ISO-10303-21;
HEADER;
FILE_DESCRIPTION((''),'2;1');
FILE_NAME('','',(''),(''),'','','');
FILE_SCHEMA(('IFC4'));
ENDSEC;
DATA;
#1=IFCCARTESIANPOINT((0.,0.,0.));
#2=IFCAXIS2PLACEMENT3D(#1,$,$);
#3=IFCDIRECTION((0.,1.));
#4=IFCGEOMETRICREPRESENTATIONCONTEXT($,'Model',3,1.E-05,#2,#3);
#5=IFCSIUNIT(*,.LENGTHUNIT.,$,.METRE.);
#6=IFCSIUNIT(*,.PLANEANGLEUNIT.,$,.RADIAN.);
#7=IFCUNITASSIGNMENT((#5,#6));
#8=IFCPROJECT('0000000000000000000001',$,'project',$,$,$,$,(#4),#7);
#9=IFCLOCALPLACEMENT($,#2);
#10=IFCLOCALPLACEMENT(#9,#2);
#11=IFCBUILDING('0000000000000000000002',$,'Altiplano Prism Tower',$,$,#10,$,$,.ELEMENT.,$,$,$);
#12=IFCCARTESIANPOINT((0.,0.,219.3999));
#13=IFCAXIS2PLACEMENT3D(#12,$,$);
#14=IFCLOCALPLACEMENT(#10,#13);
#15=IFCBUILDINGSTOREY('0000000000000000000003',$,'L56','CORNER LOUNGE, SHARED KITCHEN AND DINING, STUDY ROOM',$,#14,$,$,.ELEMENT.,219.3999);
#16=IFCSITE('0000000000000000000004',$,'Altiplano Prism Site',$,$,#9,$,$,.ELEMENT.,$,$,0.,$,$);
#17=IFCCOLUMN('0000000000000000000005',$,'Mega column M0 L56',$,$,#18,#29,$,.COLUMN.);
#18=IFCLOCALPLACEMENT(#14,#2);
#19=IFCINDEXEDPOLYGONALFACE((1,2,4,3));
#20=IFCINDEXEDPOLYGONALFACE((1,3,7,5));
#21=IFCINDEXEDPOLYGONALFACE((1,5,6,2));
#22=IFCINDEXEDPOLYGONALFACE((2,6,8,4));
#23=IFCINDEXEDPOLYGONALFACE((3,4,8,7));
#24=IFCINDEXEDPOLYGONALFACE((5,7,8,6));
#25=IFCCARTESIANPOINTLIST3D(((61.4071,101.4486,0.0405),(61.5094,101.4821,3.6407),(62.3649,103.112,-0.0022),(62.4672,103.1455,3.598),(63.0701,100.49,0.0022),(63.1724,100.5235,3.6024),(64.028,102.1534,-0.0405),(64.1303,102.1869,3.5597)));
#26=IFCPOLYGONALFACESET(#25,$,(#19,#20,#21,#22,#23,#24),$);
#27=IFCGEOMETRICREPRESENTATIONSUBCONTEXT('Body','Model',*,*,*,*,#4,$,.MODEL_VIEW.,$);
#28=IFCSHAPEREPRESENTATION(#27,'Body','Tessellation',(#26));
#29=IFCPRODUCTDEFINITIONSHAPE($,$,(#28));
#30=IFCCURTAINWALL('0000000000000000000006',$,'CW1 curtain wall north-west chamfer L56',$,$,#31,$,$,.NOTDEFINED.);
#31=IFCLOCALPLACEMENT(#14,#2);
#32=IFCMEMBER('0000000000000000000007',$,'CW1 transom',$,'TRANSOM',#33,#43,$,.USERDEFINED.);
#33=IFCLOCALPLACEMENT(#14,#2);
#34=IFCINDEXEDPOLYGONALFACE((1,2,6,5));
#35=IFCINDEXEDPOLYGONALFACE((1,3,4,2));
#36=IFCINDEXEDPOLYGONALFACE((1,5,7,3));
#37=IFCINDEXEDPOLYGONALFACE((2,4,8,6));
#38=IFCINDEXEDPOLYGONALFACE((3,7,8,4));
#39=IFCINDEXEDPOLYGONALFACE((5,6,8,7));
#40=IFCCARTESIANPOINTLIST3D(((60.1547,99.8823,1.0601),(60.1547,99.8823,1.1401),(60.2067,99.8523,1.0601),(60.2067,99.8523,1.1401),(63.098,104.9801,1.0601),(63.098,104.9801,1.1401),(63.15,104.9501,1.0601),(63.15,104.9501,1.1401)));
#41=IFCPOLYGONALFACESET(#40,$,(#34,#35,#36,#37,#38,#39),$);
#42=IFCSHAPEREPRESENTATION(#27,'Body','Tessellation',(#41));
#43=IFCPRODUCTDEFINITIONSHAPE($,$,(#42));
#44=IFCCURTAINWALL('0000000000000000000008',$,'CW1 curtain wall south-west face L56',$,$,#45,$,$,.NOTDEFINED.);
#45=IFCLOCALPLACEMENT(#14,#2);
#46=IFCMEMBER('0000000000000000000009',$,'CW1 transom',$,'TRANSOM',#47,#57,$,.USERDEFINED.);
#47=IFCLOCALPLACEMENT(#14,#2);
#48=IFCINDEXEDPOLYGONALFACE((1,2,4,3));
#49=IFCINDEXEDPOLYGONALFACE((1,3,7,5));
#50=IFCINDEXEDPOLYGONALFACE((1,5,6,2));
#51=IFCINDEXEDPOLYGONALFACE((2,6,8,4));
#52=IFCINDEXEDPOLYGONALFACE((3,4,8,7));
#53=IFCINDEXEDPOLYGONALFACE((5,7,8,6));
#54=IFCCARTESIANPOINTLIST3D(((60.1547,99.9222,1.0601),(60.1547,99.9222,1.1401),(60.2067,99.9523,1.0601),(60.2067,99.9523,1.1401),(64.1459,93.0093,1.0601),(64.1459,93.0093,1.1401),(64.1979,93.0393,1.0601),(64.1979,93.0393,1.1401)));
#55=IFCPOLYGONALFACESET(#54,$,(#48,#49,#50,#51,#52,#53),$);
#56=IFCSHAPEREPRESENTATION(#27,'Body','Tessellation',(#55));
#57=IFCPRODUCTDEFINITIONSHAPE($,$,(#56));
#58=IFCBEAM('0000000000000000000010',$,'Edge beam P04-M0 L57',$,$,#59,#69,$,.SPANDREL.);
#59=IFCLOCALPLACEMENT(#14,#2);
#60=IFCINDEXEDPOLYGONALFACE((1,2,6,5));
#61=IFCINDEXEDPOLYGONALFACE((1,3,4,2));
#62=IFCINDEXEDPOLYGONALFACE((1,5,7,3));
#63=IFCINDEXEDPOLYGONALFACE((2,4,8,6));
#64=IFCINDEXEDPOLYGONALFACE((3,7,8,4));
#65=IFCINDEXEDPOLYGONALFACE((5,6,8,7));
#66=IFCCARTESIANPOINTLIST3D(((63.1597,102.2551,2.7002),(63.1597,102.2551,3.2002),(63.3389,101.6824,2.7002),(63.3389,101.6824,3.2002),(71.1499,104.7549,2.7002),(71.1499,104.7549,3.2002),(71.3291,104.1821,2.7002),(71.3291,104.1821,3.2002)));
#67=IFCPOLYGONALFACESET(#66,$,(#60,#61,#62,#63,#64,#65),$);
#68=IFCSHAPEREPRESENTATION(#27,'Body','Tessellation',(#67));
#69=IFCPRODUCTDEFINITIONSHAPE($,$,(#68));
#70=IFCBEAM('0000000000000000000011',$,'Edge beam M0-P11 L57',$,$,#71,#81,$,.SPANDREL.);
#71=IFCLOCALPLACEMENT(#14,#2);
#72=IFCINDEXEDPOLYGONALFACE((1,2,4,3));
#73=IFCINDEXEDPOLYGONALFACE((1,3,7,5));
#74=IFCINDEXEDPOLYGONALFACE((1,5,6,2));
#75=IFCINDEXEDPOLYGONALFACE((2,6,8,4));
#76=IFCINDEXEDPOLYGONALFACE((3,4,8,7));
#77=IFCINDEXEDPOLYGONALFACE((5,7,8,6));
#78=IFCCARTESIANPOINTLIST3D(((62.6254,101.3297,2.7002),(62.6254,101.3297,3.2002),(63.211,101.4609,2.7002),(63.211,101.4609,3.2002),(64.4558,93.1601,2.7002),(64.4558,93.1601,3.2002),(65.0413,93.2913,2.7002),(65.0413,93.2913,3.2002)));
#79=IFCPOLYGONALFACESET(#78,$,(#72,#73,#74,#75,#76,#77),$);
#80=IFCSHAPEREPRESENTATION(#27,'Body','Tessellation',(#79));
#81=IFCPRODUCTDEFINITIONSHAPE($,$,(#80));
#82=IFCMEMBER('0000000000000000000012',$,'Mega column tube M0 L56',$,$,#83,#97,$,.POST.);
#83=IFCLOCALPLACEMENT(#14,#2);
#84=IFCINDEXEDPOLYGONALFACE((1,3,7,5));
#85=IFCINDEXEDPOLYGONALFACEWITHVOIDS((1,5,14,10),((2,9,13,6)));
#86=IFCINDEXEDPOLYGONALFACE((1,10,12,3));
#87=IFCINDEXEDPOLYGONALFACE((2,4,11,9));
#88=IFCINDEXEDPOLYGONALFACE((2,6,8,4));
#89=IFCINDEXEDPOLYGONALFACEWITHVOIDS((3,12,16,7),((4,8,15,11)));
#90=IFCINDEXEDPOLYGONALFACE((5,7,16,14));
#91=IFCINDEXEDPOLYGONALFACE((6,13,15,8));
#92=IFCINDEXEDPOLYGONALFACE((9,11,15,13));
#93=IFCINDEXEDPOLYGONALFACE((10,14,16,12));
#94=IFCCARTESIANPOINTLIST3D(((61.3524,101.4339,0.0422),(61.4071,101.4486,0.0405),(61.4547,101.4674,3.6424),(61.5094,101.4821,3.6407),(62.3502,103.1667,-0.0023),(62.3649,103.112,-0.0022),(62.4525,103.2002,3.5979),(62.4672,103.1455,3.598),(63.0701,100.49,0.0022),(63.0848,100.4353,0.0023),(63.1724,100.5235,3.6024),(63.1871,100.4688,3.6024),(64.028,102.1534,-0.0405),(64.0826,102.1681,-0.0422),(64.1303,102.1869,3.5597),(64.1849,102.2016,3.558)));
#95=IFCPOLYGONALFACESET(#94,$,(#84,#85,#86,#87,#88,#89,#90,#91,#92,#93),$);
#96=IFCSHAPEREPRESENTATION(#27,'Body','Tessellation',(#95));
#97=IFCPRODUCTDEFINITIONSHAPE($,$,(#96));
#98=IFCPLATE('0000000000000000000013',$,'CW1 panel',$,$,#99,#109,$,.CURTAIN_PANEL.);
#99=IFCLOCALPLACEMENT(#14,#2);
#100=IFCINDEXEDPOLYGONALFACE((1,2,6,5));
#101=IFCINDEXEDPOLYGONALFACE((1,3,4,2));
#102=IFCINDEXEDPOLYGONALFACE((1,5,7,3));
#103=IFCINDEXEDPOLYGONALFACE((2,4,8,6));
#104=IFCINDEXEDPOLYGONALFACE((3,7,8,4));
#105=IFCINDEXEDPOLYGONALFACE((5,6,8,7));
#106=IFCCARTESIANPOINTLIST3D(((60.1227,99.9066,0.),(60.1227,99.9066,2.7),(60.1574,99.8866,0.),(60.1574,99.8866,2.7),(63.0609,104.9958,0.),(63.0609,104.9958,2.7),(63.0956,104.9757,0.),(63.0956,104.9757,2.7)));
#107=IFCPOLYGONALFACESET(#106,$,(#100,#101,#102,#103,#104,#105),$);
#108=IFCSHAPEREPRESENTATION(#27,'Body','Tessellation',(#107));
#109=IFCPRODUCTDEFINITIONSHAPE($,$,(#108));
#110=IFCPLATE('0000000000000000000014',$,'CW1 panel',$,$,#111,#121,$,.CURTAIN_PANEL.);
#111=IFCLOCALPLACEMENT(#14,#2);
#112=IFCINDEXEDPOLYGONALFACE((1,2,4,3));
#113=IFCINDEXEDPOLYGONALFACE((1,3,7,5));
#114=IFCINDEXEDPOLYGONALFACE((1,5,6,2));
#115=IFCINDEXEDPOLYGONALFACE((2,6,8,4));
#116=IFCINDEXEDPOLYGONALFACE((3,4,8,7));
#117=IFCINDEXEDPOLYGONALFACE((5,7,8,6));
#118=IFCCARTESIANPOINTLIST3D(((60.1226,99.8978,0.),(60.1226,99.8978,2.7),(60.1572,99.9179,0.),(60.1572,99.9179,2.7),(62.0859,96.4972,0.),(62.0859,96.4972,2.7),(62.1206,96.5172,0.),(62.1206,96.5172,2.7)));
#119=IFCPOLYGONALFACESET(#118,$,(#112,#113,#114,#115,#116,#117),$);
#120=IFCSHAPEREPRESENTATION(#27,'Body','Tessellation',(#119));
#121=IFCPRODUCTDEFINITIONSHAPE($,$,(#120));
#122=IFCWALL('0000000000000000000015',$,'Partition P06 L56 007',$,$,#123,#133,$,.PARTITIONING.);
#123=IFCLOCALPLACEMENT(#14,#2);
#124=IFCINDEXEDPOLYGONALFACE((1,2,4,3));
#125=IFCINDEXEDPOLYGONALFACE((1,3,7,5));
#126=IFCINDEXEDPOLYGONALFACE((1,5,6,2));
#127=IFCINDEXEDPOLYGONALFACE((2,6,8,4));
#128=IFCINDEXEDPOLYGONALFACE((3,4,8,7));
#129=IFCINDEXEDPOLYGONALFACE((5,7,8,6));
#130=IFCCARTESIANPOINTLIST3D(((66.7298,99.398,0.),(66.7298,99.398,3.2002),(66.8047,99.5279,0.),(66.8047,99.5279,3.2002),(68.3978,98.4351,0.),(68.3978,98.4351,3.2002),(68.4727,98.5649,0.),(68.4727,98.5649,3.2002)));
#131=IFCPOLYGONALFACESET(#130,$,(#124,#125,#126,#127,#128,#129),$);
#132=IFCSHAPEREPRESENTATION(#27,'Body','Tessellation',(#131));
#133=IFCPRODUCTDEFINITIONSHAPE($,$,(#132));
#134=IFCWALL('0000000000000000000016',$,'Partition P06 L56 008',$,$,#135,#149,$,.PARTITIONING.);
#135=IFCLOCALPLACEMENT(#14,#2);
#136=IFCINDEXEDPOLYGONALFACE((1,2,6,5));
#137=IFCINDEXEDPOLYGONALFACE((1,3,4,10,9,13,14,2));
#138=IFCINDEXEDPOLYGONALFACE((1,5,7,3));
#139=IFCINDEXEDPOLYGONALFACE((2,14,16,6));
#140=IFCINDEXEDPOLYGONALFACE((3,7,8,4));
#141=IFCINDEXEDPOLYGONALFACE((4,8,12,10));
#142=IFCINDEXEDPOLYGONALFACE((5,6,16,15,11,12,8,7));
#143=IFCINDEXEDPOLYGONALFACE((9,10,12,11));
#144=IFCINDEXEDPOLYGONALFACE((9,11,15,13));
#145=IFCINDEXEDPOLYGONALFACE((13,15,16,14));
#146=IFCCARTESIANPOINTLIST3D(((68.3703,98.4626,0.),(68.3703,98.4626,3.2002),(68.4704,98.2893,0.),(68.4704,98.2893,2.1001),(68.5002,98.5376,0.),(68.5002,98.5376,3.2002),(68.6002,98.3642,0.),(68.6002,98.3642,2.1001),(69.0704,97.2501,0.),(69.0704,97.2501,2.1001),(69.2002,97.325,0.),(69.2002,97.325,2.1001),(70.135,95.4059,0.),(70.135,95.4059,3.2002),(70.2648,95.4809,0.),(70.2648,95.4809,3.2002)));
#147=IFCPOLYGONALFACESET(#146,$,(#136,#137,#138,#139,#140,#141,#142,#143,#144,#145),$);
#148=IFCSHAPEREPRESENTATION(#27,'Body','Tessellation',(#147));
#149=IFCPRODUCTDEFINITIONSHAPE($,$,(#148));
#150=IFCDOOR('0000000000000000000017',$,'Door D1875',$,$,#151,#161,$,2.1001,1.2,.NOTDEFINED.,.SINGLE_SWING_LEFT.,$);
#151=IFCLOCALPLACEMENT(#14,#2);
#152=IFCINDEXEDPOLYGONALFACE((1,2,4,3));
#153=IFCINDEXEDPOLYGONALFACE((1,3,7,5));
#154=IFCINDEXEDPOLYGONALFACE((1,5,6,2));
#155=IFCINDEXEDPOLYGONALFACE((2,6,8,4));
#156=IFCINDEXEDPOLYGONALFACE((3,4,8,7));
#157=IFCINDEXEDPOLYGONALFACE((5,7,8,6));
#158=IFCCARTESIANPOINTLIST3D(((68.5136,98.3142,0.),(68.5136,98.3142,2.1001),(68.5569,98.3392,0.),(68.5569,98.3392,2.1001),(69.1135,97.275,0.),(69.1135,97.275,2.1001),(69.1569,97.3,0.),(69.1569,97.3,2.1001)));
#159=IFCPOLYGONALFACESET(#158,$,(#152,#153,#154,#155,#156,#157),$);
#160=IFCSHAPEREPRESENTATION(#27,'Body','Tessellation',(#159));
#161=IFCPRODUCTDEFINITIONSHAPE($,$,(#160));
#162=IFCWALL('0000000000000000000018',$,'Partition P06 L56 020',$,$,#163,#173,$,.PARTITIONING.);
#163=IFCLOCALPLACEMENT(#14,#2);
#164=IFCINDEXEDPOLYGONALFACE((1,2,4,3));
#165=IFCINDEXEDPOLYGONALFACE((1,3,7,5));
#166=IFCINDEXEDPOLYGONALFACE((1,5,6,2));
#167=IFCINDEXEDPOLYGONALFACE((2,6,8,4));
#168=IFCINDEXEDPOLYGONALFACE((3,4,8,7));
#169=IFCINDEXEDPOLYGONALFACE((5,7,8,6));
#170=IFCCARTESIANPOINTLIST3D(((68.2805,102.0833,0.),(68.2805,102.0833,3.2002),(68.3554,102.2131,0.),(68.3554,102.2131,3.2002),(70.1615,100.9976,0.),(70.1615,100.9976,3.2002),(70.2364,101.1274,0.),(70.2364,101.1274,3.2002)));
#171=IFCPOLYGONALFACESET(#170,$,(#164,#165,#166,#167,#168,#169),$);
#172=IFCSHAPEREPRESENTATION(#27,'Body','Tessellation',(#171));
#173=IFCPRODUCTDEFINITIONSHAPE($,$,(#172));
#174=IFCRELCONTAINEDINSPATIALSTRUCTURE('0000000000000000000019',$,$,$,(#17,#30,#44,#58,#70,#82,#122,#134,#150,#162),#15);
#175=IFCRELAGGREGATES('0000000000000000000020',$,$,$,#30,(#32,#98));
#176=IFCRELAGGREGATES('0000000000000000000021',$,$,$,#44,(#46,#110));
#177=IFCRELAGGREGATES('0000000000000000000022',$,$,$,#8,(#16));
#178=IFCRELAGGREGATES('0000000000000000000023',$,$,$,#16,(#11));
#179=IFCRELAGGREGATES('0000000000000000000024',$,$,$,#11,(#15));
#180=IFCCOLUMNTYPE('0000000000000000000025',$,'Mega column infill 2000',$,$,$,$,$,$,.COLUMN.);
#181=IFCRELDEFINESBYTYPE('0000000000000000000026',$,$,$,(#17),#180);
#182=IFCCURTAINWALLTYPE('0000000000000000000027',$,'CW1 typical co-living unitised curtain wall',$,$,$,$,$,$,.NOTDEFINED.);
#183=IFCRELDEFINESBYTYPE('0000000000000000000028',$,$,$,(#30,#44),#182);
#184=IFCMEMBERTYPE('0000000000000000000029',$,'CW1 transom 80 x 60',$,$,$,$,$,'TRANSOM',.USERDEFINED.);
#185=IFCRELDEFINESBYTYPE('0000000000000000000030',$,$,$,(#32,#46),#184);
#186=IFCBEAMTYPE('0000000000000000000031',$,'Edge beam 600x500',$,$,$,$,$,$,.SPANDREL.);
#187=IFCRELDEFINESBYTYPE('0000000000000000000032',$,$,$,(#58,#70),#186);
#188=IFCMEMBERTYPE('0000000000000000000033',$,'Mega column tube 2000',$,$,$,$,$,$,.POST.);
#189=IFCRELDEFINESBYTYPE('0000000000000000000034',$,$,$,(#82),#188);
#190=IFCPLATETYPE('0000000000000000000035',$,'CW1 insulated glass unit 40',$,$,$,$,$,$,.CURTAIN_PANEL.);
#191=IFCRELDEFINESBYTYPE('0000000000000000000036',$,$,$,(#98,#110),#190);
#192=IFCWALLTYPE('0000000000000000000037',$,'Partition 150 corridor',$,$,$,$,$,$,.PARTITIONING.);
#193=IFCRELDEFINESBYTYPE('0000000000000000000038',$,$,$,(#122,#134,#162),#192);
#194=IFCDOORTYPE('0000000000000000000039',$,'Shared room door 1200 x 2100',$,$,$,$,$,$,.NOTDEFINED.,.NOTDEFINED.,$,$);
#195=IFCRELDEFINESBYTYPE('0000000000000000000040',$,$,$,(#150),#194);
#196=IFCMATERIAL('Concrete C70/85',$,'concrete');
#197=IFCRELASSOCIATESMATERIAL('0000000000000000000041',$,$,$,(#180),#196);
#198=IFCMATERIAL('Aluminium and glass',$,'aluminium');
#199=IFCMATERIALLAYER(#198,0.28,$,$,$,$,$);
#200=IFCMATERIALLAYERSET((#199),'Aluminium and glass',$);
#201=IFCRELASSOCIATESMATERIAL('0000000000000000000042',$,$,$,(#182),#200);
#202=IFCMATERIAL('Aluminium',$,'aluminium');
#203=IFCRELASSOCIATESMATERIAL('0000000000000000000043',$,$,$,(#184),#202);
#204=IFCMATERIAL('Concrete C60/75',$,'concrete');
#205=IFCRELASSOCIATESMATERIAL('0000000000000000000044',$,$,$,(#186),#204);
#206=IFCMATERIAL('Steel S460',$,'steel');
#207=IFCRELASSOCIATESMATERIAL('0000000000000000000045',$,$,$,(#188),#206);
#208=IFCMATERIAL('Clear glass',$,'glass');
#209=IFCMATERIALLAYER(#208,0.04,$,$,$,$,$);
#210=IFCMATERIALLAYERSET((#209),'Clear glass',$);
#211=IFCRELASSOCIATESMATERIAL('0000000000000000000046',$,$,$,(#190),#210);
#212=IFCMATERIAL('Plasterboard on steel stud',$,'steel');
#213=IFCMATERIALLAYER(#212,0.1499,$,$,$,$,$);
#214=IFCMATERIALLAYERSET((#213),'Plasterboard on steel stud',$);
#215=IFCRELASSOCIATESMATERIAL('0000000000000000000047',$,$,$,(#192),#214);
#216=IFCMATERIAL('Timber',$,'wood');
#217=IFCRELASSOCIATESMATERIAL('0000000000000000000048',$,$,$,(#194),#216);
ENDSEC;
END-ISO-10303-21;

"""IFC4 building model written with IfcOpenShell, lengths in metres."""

from ifc_helpers import new_model, si_unit, direction, frame, frame_2d, origin, origin_2d, place, context, subcontext, project, spatial, rectangle, hollow_rectangle, extrude, material, layer, layer_set, material_profile, profile_set, type_object, element, fill, aggregate, save


model = new_model("IFC4")

# Units and contexts
model_context = context("Model", 3, precision=1e-05, world=origin(), true_north=direction((0.0, 1.0)))
body_context = subcontext(model_context, "Body", "Model", "MODEL_VIEW")
ifc_project = project(units=[si_unit("LENGTHUNIT", "METRE"), si_unit("PLANEANGLEUNIT", "RADIAN")], contexts=[model_context])

# Site, building, storey
site_placement = place(None, origin())
site = spatial("IfcSite", under=ifc_project, at=site_placement, Name="Altiplano Prism Site", CompositionType="ELEMENT", RefElevation=0.0)
building_placement = place(site_placement, origin())
building = spatial("IfcBuilding", under=site, at=building_placement, Name="Altiplano Prism Tower", CompositionType="ELEMENT")
storey_placement = place(building_placement, frame((0.0, 0.0, 219.3999)))
storey = spatial("IfcBuildingStorey", under=building, at=storey_placement, Name="L56", Description="CORNER LOUNGE, SHARED KITCHEN AND DINING, STUDY ROOM", CompositionType="ELEMENT", Elevation=219.3999)

# Column
ifc_material_1 = material(Name="Concrete C70/85", Category="concrete")
ifc_material_profile_1 = material_profile(ifc_material_1, rectangle(XDim=1.9199, YDim=1.9199, at=origin_2d()), Name="Mega column infill 2000")
ifc_profile_set_1 = profile_set([ifc_material_profile_1], Name="Concrete C70/85")
column_type = type_object("IfcColumnType", Name="Mega column infill 2000", PredefinedType="COLUMN", material=ifc_profile_set_1)
column_placement = place(storey_placement, frame((62.7175, 101.801, 0.0), z_axis=(0.028402, 0.009287, 0.999553), x_axis=(-0.866202, 0.499295, 0.019974)))
element("IfcColumn", 1, at=column_placement, inside=storey, type_object=column_type, Name="Mega column M0 L56", PredefinedType="COLUMN", context=body_context, shape_type="SweptSolid", body=[
    extrude(rectangle(XDim=1.9199, YDim=1.9199, at=origin_2d()), origin(), (0.0, 0.0, 1.0), 3.6018),
])

# Curtain walls, members
ifc_material_2 = material(Name="Aluminium and glass", Category="aluminium")
ifc_layer_1 = layer(ifc_material_2, 0.28)
ifc_layer_set_1 = layer_set([ifc_layer_1], Name="Aluminium and glass")
curtain_wall_type = type_object("IfcCurtainWallType", Name="CW1 typical co-living unitised curtain wall", PredefinedType="NOTDEFINED", material=ifc_layer_set_1)
curtain_wall_1_placement = place(storey_placement, origin())
curtain_wall_1 = element("IfcCurtainWall", 2, at=curtain_wall_1_placement, inside=storey, type_object=curtain_wall_type, Name="CW1 curtain wall north-west chamfer L56", PredefinedType="NOTDEFINED")
ifc_material_3 = material(Name="Aluminium", Category="aluminium")
ifc_material_profile_2 = material_profile(ifc_material_3, rectangle(XDim=0.0601, YDim=0.0801, at=origin_2d()), Name="CW1 transom 80 x 60")
ifc_profile_set_2 = profile_set([ifc_material_profile_2], Name="Aluminium")
member_type_1 = type_object("IfcMemberType", Name="CW1 transom 80 x 60", ElementType="TRANSOM", PredefinedType="USERDEFINED", material=ifc_profile_set_2)
member_1_placement = place(storey_placement, frame((63.124, 104.9651, 1.1001), z_axis=(-0.500011, -0.866019, 0.0), x_axis=(0.866019, -0.500011, 0.0)))
member_1 = element("IfcMember", 3, at=member_1_placement, type_object=member_type_1, Name="CW1 transom", ObjectType="TRANSOM", PredefinedType="USERDEFINED", context=body_context, shape_type="SweptSolid", body=[
    extrude(rectangle(XDim=0.0601, YDim=0.0801, at=origin_2d()), origin(), (0.0, 0.0, 1.0), 5.8865),
])
curtain_wall_2_placement = place(storey_placement, origin())
curtain_wall_2 = element("IfcCurtainWall", 4, at=curtain_wall_2_placement, inside=storey, type_object=curtain_wall_type, Name="CW1 curtain wall south-west face L56", PredefinedType="NOTDEFINED")
member_2_placement = place(storey_placement, frame((60.1807, 99.9373, 1.1001), z_axis=(0.500008, -0.866021, 0.0), x_axis=(0.866021, 0.500008, 0.0)))
member_2 = element("IfcMember", 5, at=member_2_placement, type_object=member_type_1, Name="CW1 transom", ObjectType="TRANSOM", PredefinedType="USERDEFINED", context=body_context, shape_type="SweptSolid", body=[
    extrude(rectangle(XDim=0.0601, YDim=0.0801, at=origin_2d()), origin(), (0.0, 0.0, 1.0), 7.9824),
])

# Beams
ifc_material_4 = material(Name="Concrete C60/75", Category="concrete")
ifc_material_profile_3 = material_profile(ifc_material_4, rectangle(XDim=0.6001, YDim=0.5, at=origin_2d()), Name="Edge beam 600x500")
ifc_profile_set_3 = profile_set([ifc_material_profile_3], Name="Concrete C60/75")
beam_type = type_object("IfcBeamType", Name="Edge beam 600x500", PredefinedType="SPANDREL", material=ifc_profile_set_3)
for number, where, z_axis, x_axis, name in (
    (6, (71.2395, 104.4685, 2.9502), (-0.954384, -0.29858, 0.0), (0.29858, -0.954384, 0.0), "Edge beam P04-M0 L57"),
    (7, (62.9182, 101.3953, 2.9502), (0.218625, -0.975809, 0.0), (0.975809, 0.218625, 0.0), "Edge beam M0-P11 L57"),
):
    element("IfcBeam", number, at=place(storey_placement, frame(where, z_axis=z_axis, x_axis=x_axis)), inside=storey, type_object=beam_type, Name=name, PredefinedType="SPANDREL", context=body_context, shape_type="SweptSolid", body=[
        extrude(rectangle(XDim=0.6001, YDim=0.5, at=origin_2d()), origin(), (0.0, 0.0, 1.0), 8.3721),
    ])

# Member
ifc_material_5 = material(Name="Steel S460", Category="steel")
ifc_material_profile_4 = material_profile(ifc_material_5, hollow_rectangle(XDim=2.0, YDim=2.0, WallThickness=0.04, at=origin_2d()), Name="Mega column tube 2000")
ifc_profile_set_4 = profile_set([ifc_material_profile_4], Name="Steel S460")
member_type_2 = type_object("IfcMemberType", Name="Mega column tube 2000", PredefinedType="POST", material=ifc_profile_set_4)
member_3_placement = place(storey_placement, frame((62.7175, 101.801, 0.0), z_axis=(0.028402, 0.009287, 0.999553), x_axis=(-0.866202, 0.499295, 0.019974)))
element("IfcMember", 8, at=member_3_placement, inside=storey, type_object=member_type_2, Name="Mega column tube M0 L56", PredefinedType="POST", context=body_context, shape_type="SweptSolid", body=[
    extrude(hollow_rectangle(XDim=2.0, YDim=2.0, WallThickness=0.04, at=origin_2d()), origin(), (0.0, 0.0, 1.0), 3.6018),
])

# Plates
ifc_material_6 = material(Name="Clear glass", Category="glass")
ifc_layer_2 = layer(ifc_material_6, 0.04)
ifc_layer_set_2 = layer_set([ifc_layer_2], Name="Clear glass")
plate_type = type_object("IfcPlateType", Name="CW1 insulated glass unit 40", PredefinedType="CURTAIN_PANEL", material=ifc_layer_set_2)
plate_1_placement = place(storey_placement, frame((61.6091, 102.4412, 0.0), z_axis=(0.0, 0.0, 1.0), x_axis=(-0.5, -0.866025, 0.0)))
plate_1 = element("IfcPlate", 9, at=plate_1_placement, type_object=plate_type, Name="CW1 panel", PredefinedType="CURTAIN_PANEL", context=body_context, shape_type="SweptSolid", body=[
    extrude(rectangle(XDim=5.8765, YDim=0.04, at=origin_2d()), origin(), (0.0, 0.0, 1.0), 2.7),
])
aggregate(curtain_wall_1, [member_1, plate_1])
plate_2_placement = place(storey_placement, frame((61.1216, 98.2075, 0.0), z_axis=(0.0, 0.0, 1.0), x_axis=(0.5, -0.866025, 0.0)))
plate_2 = element("IfcPlate", 10, at=plate_2_placement, type_object=plate_type, Name="CW1 panel", PredefinedType="CURTAIN_PANEL", context=body_context, shape_type="SweptSolid", body=[
    extrude(rectangle(XDim=3.9268, YDim=0.04, at=origin_2d()), origin(), (0.0, 0.0, 1.0), 2.7),
])
aggregate(curtain_wall_2, [member_2, plate_2])

# Wall
ifc_material_7 = material(Name="Plasterboard on steel stud", Category="steel")
ifc_layer_3 = layer(ifc_material_7, 0.1499)
ifc_layer_set_3 = layer_set([ifc_layer_3], Name="Plasterboard on steel stud")
wall_type_1 = type_object("IfcWallType", Name="Partition 150 corridor", PredefinedType="PARTITIONING", material=ifc_layer_set_3)
wall_1_placement = place(storey_placement, frame((66.7673, 99.4629, 0.0), z_axis=(0.0, 0.0, 1.0), x_axis=(0.86605, -0.499957, 0.0)))
element("IfcWall", 11, at=wall_1_placement, inside=storey, type_object=wall_type_1, Name="Partition P06 L56 007", PredefinedType="PARTITIONING", context=body_context, shape_type="SweptSolid", body=[
    extrude(rectangle(XDim=1.926, YDim=0.1499, at=frame_2d((0.9629, 0.0))), origin(), (0.0, 0.0, 1.0), 3.2002),
])

# Wall, opening, door
wall_2_placement = place(storey_placement, frame((68.4353, 98.5, 0.0), z_axis=(0.0, 0.0, 1.0), x_axis=(0.499978, -0.866038, 0.0)))
wall_2 = element("IfcWall", 12, at=wall_2_placement, inside=storey, type_object=wall_type_1, Name="Partition P06 L56 008", PredefinedType="PARTITIONING", context=body_context, shape_type="SweptSolid", body=[
    extrude(rectangle(XDim=3.5295, YDim=0.1499, at=frame_2d((1.7646, 0.0))), origin(), (0.0, 0.0, 1.0), 3.2002),
])
opening_1_placement = place(wall_2_placement, frame((0.2, 0.0, 0.0)))
opening_1 = element("IfcOpeningElement", 13, at=opening_1_placement, cuts=wall_2, PredefinedType="OPENING", context=body_context, shape_type="SweptSolid", body=[
    extrude(rectangle(XDim=1.2, YDim=2.1001, at=frame_2d((0.6001, 1.05))), frame((0.0, 0.0854, 0.0), z_axis=(0.0, -1.0, 0.0), x_axis=(1.0, 0.0, 0.0)), (0.0, 0.0, 1.0), 0.1709),
])
ifc_material_8 = material(Name="Timber", Category="wood")
door_type_1 = type_object("IfcDoorType", Name="Shared room door 1200 x 2100", OperationType="NOTDEFINED", PredefinedType="NOTDEFINED", material=ifc_material_8)
door_1_placement = place(opening_1_placement, origin())
door_1 = element("IfcDoor", 14, at=door_1_placement, inside=storey, type_object=door_type_1, Name="Door D1875", OperationType="SINGLE_SWING_LEFT", OverallHeight=2.1001, OverallWidth=1.2, PredefinedType="NOTDEFINED", context=body_context, shape_type="SweptSolid", body=[
    extrude(rectangle(XDim=1.2, YDim=2.1001, at=frame_2d((0.6001, 1.05))), frame((0.0, 0.0249, 0.0), z_axis=(0.0, -1.0, 0.0), x_axis=(1.0, 0.0, 0.0)), (0.0, 0.0, 1.0), 0.05),
])
fill(opening_1, door_1)

# Wall
wall_3_placement = place(storey_placement, frame((70.199, 101.0625, 0.0), z_axis=(0.0, 0.0, 1.0), x_axis=(-0.866098, 0.499875, 0.0)))
element("IfcWall", 15, at=wall_3_placement, inside=storey, type_object=wall_type_1, Name="Partition P06 L56 020", PredefinedType="PARTITIONING", context=body_context, shape_type="SweptSolid", body=[
    extrude(rectangle(XDim=2.1719, YDim=0.1499, at=frame_2d((1.0859, 0.0))), origin(), (0.0, 0.0, 1.0), 3.2002),
])

save(model, "model.ifc")
